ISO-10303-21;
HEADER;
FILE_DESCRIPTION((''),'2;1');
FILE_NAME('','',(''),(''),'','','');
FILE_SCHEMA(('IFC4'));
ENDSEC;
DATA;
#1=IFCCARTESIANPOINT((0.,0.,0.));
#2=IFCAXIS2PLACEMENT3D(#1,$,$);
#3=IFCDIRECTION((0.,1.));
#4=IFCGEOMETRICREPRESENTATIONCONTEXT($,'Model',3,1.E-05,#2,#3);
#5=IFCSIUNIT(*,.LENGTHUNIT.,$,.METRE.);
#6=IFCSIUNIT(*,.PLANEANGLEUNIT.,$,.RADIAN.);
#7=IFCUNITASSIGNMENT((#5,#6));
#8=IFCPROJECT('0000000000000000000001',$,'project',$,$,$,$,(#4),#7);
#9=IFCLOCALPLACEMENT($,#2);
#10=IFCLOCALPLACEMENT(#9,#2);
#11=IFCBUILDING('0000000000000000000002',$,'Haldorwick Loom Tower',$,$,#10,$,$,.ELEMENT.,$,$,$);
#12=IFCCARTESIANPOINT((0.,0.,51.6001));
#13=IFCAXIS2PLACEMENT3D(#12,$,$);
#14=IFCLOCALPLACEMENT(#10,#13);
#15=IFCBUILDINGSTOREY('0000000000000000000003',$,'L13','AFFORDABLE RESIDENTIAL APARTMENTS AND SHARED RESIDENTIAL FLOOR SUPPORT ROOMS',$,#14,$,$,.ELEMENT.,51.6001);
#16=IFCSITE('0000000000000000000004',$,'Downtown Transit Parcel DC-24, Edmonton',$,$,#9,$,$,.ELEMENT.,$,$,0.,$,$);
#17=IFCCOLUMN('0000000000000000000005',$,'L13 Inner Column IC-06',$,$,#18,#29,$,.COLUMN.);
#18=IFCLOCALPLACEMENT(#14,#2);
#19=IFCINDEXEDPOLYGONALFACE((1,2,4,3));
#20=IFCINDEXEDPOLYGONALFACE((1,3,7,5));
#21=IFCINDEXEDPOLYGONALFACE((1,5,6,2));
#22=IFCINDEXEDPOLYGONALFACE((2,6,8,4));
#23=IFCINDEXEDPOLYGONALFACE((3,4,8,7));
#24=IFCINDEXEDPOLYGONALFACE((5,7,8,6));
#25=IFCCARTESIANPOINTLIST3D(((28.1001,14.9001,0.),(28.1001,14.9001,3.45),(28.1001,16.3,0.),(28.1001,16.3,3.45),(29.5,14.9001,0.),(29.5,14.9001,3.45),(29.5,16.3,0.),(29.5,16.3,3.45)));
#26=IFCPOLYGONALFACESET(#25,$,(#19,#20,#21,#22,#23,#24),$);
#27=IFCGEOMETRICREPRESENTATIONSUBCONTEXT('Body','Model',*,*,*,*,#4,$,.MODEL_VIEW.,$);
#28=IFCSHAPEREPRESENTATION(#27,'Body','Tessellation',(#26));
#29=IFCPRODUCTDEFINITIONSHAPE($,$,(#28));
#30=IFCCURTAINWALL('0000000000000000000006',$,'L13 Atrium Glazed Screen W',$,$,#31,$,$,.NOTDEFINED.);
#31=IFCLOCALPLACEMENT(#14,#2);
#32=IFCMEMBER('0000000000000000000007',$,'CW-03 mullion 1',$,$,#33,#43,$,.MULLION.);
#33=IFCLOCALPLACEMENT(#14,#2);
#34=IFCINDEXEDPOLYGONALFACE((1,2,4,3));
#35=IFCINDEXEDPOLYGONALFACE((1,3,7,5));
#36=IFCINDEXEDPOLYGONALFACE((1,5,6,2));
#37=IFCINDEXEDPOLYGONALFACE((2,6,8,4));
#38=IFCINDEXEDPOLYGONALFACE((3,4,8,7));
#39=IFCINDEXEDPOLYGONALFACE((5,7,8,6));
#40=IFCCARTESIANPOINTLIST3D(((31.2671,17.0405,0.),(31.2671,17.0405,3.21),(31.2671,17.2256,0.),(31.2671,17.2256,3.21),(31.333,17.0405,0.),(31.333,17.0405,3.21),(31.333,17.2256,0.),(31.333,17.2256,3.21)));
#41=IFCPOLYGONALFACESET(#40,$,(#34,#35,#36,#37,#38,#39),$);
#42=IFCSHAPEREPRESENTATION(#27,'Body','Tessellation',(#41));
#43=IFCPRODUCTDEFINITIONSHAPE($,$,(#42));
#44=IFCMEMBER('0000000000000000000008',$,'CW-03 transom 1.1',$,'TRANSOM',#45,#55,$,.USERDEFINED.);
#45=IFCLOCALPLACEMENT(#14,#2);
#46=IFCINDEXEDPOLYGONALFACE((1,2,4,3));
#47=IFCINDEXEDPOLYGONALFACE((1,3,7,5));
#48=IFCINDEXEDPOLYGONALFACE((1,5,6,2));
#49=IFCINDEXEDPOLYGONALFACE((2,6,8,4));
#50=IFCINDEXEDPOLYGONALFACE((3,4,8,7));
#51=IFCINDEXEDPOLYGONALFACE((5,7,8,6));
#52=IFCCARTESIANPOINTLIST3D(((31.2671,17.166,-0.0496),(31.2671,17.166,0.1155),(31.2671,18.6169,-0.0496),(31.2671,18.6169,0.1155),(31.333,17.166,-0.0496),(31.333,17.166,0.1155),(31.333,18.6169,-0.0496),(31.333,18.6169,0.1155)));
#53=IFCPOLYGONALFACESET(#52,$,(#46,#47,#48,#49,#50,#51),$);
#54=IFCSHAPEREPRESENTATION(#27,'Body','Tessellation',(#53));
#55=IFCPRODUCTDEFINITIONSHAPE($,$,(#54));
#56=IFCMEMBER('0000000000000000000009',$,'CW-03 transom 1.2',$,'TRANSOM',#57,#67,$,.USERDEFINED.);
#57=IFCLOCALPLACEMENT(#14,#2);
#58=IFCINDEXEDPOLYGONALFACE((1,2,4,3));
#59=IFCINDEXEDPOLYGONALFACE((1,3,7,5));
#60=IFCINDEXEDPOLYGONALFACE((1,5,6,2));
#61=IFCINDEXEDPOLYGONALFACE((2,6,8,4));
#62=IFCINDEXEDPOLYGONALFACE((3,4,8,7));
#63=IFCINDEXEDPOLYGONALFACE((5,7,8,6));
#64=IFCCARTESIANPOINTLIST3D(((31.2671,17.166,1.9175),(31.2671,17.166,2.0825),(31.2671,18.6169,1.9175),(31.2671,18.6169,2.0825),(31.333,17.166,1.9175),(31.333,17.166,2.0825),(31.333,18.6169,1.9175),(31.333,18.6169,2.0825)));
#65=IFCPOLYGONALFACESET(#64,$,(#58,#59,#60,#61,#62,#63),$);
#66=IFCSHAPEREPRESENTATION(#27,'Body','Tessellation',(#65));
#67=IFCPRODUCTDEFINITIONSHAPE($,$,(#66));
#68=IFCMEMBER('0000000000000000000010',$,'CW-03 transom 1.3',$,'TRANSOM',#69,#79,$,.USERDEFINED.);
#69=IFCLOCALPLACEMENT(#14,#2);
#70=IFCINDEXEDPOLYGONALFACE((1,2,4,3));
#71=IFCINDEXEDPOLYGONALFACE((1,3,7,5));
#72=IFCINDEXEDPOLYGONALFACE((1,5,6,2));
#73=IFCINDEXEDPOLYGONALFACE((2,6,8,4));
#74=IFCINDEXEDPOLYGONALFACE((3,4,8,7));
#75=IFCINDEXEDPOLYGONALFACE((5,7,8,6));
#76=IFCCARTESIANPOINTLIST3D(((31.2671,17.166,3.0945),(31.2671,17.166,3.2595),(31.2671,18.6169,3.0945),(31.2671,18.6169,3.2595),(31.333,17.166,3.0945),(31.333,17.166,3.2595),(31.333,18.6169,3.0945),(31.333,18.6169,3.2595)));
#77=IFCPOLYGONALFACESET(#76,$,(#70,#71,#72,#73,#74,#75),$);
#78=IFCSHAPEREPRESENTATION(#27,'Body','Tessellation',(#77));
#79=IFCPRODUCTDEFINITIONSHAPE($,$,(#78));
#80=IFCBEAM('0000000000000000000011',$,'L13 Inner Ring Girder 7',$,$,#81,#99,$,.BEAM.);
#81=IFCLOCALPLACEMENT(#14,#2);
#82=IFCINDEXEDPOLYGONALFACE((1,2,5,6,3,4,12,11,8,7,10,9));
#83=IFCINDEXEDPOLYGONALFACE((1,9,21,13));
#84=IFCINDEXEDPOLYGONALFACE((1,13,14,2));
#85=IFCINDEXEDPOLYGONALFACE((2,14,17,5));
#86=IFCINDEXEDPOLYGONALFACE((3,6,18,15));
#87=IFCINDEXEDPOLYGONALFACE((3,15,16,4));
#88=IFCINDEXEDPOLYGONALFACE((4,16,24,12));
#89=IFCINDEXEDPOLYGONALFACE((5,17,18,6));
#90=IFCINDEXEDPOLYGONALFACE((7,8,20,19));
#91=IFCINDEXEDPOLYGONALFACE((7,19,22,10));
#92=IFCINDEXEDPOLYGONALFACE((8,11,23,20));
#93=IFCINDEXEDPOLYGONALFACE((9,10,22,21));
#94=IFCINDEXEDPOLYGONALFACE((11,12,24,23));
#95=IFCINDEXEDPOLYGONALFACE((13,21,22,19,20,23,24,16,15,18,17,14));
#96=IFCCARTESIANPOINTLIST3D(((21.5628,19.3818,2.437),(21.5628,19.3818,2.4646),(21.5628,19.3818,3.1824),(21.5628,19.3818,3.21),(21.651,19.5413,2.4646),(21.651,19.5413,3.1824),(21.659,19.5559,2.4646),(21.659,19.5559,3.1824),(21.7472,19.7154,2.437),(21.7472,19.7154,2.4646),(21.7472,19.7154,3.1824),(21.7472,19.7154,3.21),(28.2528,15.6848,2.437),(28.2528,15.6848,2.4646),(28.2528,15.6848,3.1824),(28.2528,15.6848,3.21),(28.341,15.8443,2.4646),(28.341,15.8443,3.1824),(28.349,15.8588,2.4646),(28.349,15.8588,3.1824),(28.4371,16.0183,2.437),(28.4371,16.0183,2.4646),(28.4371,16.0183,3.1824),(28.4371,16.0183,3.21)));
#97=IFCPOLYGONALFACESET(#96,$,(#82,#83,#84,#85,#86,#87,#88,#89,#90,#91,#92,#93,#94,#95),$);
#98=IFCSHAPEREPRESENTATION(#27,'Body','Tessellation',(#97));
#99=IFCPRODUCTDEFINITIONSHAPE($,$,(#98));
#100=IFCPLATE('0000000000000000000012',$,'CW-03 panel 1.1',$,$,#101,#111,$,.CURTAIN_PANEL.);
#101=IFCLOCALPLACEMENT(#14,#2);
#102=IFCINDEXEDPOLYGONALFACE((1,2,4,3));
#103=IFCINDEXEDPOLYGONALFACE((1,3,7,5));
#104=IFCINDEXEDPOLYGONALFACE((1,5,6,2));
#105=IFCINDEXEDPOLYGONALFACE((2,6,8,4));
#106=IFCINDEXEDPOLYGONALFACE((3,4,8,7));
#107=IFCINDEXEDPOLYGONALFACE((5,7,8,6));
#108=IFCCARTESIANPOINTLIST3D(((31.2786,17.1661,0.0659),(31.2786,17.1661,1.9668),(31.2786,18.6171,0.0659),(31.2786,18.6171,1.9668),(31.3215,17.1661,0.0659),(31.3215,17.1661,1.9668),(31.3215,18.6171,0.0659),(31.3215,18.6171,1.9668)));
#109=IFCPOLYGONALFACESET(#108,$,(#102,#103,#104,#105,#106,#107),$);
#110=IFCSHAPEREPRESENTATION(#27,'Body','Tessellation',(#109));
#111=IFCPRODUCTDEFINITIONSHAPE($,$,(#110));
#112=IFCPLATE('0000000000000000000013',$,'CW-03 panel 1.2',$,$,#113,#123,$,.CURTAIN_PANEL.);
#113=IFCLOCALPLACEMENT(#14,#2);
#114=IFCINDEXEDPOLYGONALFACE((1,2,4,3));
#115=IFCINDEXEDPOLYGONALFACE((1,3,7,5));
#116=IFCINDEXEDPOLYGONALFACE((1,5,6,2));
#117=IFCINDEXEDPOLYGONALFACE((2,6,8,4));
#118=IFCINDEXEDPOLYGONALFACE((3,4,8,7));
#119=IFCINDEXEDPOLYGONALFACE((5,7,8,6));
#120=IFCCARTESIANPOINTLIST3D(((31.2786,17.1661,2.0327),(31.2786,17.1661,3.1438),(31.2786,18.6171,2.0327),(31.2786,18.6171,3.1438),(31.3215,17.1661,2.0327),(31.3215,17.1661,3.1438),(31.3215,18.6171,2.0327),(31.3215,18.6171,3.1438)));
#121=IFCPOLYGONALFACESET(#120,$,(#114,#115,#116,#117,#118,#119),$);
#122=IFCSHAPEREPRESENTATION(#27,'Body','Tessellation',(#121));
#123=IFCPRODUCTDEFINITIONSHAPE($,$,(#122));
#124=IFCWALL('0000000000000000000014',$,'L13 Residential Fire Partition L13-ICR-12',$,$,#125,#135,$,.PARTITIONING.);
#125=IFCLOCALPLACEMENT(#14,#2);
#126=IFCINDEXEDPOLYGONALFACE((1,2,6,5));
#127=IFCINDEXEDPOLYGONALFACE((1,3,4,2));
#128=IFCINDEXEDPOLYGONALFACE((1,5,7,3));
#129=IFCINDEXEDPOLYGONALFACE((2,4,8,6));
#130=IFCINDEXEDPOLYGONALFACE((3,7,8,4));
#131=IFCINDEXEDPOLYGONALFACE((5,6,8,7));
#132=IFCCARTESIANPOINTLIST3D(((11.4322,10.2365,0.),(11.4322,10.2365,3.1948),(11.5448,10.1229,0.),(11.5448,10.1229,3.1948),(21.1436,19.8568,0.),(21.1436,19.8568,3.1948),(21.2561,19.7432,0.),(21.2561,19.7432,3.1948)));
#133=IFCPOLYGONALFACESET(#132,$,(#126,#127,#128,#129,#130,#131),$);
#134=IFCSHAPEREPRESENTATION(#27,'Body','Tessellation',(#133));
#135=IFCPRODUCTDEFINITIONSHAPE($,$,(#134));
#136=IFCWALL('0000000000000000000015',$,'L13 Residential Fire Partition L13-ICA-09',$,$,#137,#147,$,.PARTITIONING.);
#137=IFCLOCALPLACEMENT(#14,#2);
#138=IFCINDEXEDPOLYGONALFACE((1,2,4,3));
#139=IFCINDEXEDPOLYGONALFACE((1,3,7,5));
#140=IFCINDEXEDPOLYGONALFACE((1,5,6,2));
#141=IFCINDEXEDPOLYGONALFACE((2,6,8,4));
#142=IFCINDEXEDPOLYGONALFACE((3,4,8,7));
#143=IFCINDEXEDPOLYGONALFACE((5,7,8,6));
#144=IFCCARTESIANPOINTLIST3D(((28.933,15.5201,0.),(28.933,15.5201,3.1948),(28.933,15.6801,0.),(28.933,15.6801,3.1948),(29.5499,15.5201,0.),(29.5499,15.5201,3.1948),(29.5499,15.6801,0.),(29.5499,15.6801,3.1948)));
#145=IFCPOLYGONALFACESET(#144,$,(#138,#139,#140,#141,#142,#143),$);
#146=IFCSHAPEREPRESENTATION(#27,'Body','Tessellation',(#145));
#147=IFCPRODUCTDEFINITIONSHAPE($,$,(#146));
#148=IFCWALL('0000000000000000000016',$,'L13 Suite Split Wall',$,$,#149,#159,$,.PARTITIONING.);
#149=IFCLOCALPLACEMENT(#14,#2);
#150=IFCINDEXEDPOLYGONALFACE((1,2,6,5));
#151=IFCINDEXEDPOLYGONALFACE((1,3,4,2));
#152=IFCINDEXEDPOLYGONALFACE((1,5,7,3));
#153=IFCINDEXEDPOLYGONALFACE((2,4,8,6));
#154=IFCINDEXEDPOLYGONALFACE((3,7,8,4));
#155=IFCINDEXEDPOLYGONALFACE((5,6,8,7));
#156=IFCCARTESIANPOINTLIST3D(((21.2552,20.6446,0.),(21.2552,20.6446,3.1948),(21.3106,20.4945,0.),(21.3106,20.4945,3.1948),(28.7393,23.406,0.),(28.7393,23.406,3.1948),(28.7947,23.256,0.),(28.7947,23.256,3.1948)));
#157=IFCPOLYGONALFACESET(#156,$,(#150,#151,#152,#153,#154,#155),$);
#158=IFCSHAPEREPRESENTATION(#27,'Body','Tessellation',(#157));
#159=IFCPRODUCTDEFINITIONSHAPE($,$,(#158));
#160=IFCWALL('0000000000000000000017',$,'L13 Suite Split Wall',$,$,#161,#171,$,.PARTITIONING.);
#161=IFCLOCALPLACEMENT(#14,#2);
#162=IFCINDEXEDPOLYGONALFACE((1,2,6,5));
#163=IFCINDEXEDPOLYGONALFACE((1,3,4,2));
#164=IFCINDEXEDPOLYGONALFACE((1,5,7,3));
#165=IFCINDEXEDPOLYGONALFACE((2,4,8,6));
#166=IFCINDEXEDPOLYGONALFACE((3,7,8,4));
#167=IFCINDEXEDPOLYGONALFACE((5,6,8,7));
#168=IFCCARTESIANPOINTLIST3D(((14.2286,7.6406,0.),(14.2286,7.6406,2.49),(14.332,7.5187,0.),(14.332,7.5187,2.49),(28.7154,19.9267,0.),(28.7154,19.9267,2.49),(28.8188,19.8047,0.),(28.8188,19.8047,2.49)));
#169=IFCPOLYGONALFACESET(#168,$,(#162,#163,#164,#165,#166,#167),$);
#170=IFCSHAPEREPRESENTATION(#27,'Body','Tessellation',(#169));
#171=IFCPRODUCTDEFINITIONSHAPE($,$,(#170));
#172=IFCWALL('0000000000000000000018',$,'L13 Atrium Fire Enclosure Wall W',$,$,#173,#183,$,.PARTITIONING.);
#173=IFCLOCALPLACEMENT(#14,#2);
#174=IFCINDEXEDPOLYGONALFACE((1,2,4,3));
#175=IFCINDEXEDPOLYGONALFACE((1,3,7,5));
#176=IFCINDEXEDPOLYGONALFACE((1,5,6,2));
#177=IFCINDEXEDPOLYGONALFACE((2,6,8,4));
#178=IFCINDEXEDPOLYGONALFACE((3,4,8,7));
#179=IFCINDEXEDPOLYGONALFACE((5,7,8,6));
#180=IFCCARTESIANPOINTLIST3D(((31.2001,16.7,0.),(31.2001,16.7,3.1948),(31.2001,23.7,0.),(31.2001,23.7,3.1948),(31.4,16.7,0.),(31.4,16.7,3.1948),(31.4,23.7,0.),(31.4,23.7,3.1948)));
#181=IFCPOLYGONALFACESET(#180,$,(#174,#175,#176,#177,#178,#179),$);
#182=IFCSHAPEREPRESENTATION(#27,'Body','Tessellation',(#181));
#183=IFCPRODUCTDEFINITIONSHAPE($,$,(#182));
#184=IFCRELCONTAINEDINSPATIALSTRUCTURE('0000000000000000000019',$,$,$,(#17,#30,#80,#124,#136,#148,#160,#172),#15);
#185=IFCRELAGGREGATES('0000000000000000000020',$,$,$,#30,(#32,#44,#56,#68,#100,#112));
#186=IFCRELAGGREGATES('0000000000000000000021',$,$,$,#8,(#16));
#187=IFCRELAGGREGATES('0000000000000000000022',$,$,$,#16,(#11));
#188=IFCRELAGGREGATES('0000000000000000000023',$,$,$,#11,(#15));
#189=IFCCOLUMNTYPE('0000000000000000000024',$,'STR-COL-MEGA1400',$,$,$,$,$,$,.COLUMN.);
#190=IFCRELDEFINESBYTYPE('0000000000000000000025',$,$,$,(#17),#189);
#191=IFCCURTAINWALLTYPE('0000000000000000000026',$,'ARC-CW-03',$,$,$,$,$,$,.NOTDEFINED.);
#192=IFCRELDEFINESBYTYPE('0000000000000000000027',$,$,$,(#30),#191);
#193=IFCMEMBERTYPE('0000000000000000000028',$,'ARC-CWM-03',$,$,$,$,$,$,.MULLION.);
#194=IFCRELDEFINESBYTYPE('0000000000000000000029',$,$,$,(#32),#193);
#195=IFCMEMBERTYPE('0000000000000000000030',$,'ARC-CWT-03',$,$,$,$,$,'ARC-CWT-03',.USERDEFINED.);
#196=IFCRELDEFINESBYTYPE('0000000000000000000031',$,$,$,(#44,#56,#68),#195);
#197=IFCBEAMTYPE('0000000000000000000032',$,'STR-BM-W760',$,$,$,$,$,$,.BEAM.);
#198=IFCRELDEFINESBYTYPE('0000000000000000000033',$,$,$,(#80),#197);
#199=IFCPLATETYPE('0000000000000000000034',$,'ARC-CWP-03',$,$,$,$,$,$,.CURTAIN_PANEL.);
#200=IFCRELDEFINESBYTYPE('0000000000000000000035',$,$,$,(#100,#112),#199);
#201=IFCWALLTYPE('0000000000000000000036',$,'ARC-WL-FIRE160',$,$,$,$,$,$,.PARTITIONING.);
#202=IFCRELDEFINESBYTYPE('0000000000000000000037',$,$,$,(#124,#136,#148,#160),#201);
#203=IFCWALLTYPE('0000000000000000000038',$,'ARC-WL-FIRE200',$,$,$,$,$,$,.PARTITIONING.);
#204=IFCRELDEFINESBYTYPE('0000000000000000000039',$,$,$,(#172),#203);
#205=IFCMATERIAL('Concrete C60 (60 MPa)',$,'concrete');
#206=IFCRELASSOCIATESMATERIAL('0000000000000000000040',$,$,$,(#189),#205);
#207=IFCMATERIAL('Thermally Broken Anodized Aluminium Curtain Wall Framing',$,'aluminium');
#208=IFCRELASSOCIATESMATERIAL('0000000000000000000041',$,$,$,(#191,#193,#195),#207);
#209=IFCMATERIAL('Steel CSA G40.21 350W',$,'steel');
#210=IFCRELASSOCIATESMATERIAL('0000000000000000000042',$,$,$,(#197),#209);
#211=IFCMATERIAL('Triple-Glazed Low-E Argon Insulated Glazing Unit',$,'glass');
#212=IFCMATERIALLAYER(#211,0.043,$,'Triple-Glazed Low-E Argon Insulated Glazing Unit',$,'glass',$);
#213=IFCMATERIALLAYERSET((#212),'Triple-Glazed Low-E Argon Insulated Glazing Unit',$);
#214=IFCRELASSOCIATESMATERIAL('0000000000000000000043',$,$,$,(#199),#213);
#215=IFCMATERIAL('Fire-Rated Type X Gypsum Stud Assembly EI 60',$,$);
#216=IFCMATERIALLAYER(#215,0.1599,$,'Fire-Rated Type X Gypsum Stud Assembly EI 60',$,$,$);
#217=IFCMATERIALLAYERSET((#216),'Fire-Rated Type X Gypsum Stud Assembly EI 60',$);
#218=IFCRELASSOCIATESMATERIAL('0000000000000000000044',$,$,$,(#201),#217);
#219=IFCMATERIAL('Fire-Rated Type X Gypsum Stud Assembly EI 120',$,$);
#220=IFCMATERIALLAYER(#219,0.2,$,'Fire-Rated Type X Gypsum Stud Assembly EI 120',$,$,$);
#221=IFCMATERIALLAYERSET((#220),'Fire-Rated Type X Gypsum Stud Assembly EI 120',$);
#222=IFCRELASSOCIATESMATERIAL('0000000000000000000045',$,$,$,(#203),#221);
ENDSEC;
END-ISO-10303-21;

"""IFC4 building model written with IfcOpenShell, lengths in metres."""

from ifc_helpers import new_model, si_unit, direction, frame, frame_2d, origin, origin_2d, place, context, subcontext, project, spatial, rectangle, i_section, extrude, material, layer, layer_set, material_profile, profile_set, type_object, element, aggregate, save


model = new_model("IFC4")

# Units and contexts
model_context = context("Model", 3, precision=1e-05, world=origin(), true_north=direction((0.0, 1.0)))
body_context = subcontext(model_context, "Body", "Model", "MODEL_VIEW")
ifc_project = project(units=[si_unit("LENGTHUNIT", "METRE"), si_unit("PLANEANGLEUNIT", "RADIAN")], contexts=[model_context])

# Site, building, storey
site_placement = place(None, origin())
site = spatial("IfcSite", under=ifc_project, at=site_placement, Name="Downtown Transit Parcel DC-24, Edmonton", CompositionType="ELEMENT", RefElevation=0.0)
building_placement = place(site_placement, origin())
building = spatial("IfcBuilding", under=site, at=building_placement, Name="Haldorwick Loom Tower", CompositionType="ELEMENT")
storey_placement = place(building_placement, frame((0.0, 0.0, 51.6001)))
storey = spatial("IfcBuildingStorey", under=building, at=storey_placement, Name="L13", Description="AFFORDABLE RESIDENTIAL APARTMENTS AND SHARED RESIDENTIAL FLOOR SUPPORT ROOMS", CompositionType="ELEMENT", Elevation=51.6001)

# Column
ifc_material_1 = material(Name="Concrete C60 (60 MPa)", Category="concrete")
ifc_material_profile_1 = material_profile(ifc_material_1, rectangle(XDim=1.3999, YDim=1.3999, at=origin_2d()), Name="RC1400X1400", Category="concrete")
ifc_profile_set_1 = profile_set([ifc_material_profile_1], Name="Concrete C60 (60 MPa)")
column_type = type_object("IfcColumnType", Name="STR-COL-MEGA1400", PredefinedType="COLUMN", material=ifc_profile_set_1)
column_placement = place(storey_placement, frame((28.8, 15.6001, 0.0), z_axis=(0.0, 0.0, 1.0), x_axis=(1.0, 0.0, 0.0)))
element("IfcColumn", 1, at=column_placement, inside=storey, type_object=column_type, Name="L13 Inner Column IC-06", PredefinedType="COLUMN", context=body_context, shape_type="SweptSolid", body=[
    extrude(rectangle(XDim=1.3999, YDim=1.3999, at=origin_2d()), origin(), (0.0, 0.0, 1.0), 3.45),
])

# Curtain wall, members
ifc_material_2 = material(Name="Thermally Broken Anodized Aluminium Curtain Wall Framing", Category="aluminium")
curtain_wall_type = type_object("IfcCurtainWallType", Name="ARC-CW-03", PredefinedType="NOTDEFINED", material=ifc_material_2)
curtain_wall_placement = place(storey_placement, origin())
curtain_wall = element("IfcCurtainWall", 2, at=curtain_wall_placement, inside=storey, type_object=curtain_wall_type, Name="L13 Atrium Glazed Screen W", PredefinedType="NOTDEFINED")
ifc_material_profile_2 = material_profile(ifc_material_2, rectangle(XDim=0.0659, YDim=0.1851, at=origin_2d()), Name="ALU_MUL_66X185", Category="aluminium")
ifc_profile_set_2 = profile_set([ifc_material_profile_2], Name="Thermally Broken Anodized Aluminium Curtain Wall Framing")
member_type_1 = type_object("IfcMemberType", Name="ARC-CWM-03", PredefinedType="MULLION", material=ifc_profile_set_2)
member_1_placement = place(storey_placement, frame((31.3, 17.1331, 0.0), z_axis=(0.0, 0.0, 1.0), x_axis=(-1.0, 0.0, 0.0)))
member_1 = element("IfcMember", 3, at=member_1_placement, type_object=member_type_1, Name="CW-03 mullion 1", PredefinedType="MULLION", context=body_context, shape_type="SweptSolid", body=[
    extrude(rectangle(XDim=0.0659, YDim=0.1851, at=origin_2d()), origin(), (0.0, 0.0, 1.0), 3.21),
])
ifc_material_profile_3 = material_profile(ifc_material_2, rectangle(XDim=0.0659, YDim=0.165, at=origin_2d()), Name="ALU_TRN_66X165", Category="aluminium")
ifc_profile_set_3 = profile_set([ifc_material_profile_3], Name="Thermally Broken Anodized Aluminium Curtain Wall Framing")
member_type_2 = type_object("IfcMemberType", Name="ARC-CWT-03", ElementType="ARC-CWT-03", PredefinedType="USERDEFINED", material=ifc_profile_set_3)
member_2_placement = place(storey_placement, frame((31.3, 17.166, 0.033), z_axis=(0.0, 1.0, 0.0), x_axis=(-1.0, 0.0, 0.0)))
member_2 = element("IfcMember", 4, at=member_2_placement, type_object=member_type_2, Name="CW-03 transom 1.1", ObjectType="TRANSOM", PredefinedType="USERDEFINED", context=body_context, shape_type="SweptSolid", body=[
    extrude(rectangle(XDim=0.0659, YDim=0.165, at=origin_2d()), origin(), (0.0, 0.0, 1.0), 1.4509),
])
member_3_placement = place(storey_placement, frame((31.3, 17.166, 2.0), z_axis=(0.0, 1.0, 0.0), x_axis=(-1.0, 0.0, 0.0)))
member_3 = element("IfcMember", 5, at=member_3_placement, type_object=member_type_2, Name="CW-03 transom 1.2", ObjectType="TRANSOM", PredefinedType="USERDEFINED", context=body_context, shape_type="SweptSolid", body=[
    extrude(rectangle(XDim=0.0659, YDim=0.165, at=origin_2d()), origin(), (0.0, 0.0, 1.0), 1.4509),
])
member_4_placement = place(storey_placement, frame((31.3, 17.166, 3.177), z_axis=(0.0, 1.0, 0.0), x_axis=(-1.0, 0.0, 0.0)))
member_4 = element("IfcMember", 6, at=member_4_placement, type_object=member_type_2, Name="CW-03 transom 1.3", ObjectType="TRANSOM", PredefinedType="USERDEFINED", context=body_context, shape_type="SweptSolid", body=[
    extrude(rectangle(XDim=0.0659, YDim=0.165, at=origin_2d()), origin(), (0.0, 0.0, 1.0), 1.4509),
])

# Beam
ifc_material_3 = material(Name="Steel CSA G40.21 350W", Category="steel")
ifc_material_profile_4 = material_profile(ifc_material_3, i_section(OverallWidth=0.3811, OverallDepth=0.7729, WebThickness=0.0166, FlangeThickness=0.0276, at=origin_2d()), Name="W760X257", Category="steel")
ifc_profile_set_4 = profile_set([ifc_material_profile_4], Name="Steel CSA G40.21 350W")
beam_type = type_object("IfcBeamType", Name="STR-BM-W760", PredefinedType="BEAM", material=ifc_profile_set_4)
beam_placement = place(storey_placement, frame((28.345, 15.8516, 2.8235), z_axis=(-0.875244, 0.483681, 0.0), x_axis=(-0.483681, -0.875244, 0.0)))
element("IfcBeam", 7, at=beam_placement, inside=storey, type_object=beam_type, Name="L13 Inner Ring Girder 7", PredefinedType="BEAM", context=body_context, shape_type="SweptSolid", body=[
    extrude(i_section(OverallWidth=0.3811, OverallDepth=0.7729, WebThickness=0.0166, FlangeThickness=0.0276, at=origin_2d()), origin(), (0.0, 0.0, 1.0), 7.6436),
])

# Plates
ifc_material_4 = material(Name="Triple-Glazed Low-E Argon Insulated Glazing Unit", Category="glass")
ifc_layer_1 = layer(ifc_material_4, 0.043, Name="Triple-Glazed Low-E Argon Insulated Glazing Unit", Category="glass")
ifc_layer_set_1 = layer_set([ifc_layer_1], Name="Triple-Glazed Low-E Argon Insulated Glazing Unit")
plate_type = type_object("IfcPlateType", Name="ARC-CWP-03", PredefinedType="CURTAIN_PANEL", material=ifc_layer_set_1)
plate_1_placement = place(storey_placement, frame((31.3, 17.8916, 0.0659), z_axis=(0.0, 0.0, 1.0), x_axis=(0.0, 1.0, 0.0)))
plate_1 = element("IfcPlate", 8, at=plate_1_placement, type_object=plate_type, Name="CW-03 panel 1.1", PredefinedType="CURTAIN_PANEL", context=body_context, shape_type="SweptSolid", body=[
    extrude(rectangle(XDim=1.4509, YDim=0.043, at=origin_2d()), origin(), (0.0, 0.0, 1.0), 1.9009),
])
plate_2_placement = place(storey_placement, frame((31.3, 17.8916, 2.0327), z_axis=(0.0, 0.0, 1.0), x_axis=(0.0, 1.0, 0.0)))
plate_2 = element("IfcPlate", 9, at=plate_2_placement, type_object=plate_type, Name="CW-03 panel 1.2", PredefinedType="CURTAIN_PANEL", context=body_context, shape_type="SweptSolid", body=[
    extrude(rectangle(XDim=1.4509, YDim=0.043, at=origin_2d()), origin(), (0.0, 0.0, 1.0), 1.1111),
])
aggregate(curtain_wall, [member_1, member_2, member_3, member_4, plate_1, plate_2])

# Walls
ifc_material_5 = material(Name="Fire-Rated Type X Gypsum Stud Assembly EI 60")
ifc_layer_2 = layer(ifc_material_5, 0.1599, Name="Fire-Rated Type X Gypsum Stud Assembly EI 60")
ifc_layer_set_2 = layer_set([ifc_layer_2], Name="Fire-Rated Type X Gypsum Stud Assembly EI 60")
wall_type_1 = type_object("IfcWallType", Name="ARC-WL-FIRE160", PredefinedType="PARTITIONING", material=ifc_layer_set_2)
wall_1_placement = place(storey_placement, frame((21.2, 19.8, 0.0), z_axis=(0.0, 0.0, 1.0), x_axis=(-0.71043, -0.703768, 0.0)))
element("IfcWall", 10, at=wall_1_placement, inside=storey, type_object=wall_type_1, Name="L13 Residential Fire Partition L13-ICR-12", PredefinedType="PARTITIONING", context=body_context, shape_type="SweptSolid", body=[
    extrude(rectangle(XDim=13.6697, YDim=0.1599, at=frame_2d((6.835, 0.0))), origin(), (0.0, 0.0, 1.0), 3.1948),
])
wall_2_placement = place(storey_placement, frame((29.55, 15.6001, 0.0), z_axis=(0.0, 0.0, 1.0), x_axis=(-1.0, 0.0, 0.0)))
element("IfcWall", 11, at=wall_2_placement, inside=storey, type_object=wall_type_1, Name="L13 Residential Fire Partition L13-ICA-09", PredefinedType="PARTITIONING", context=body_context, shape_type="SweptSolid", body=[
    extrude(rectangle(XDim=0.6169, YDim=0.1599, at=frame_2d((0.3086, 0.0))), origin(), (0.0, 0.0, 1.0), 3.1948),
])
wall_3_placement = place(storey_placement, frame((28.7671, 23.3311, 0.0), z_axis=(0.0, 0.0, 1.0), x_axis=(-0.938174, -0.346165, 0.0)))
element("IfcWall", 12, at=wall_3_placement, inside=storey, type_object=wall_type_1, Name="L13 Suite Split Wall", PredefinedType="PARTITIONING", context=body_context, shape_type="SweptSolid", body=[
    extrude(rectangle(XDim=7.9773, YDim=0.1599, at=frame_2d((3.9888, 0.0))), origin(), (0.0, 0.0, 1.0), 3.1948),
])
wall_4_placement = place(storey_placement, frame((28.7671, 19.8657, 0.0), z_axis=(0.0, 0.0, 1.0), x_axis=(-0.762657, -0.646803, 0.0)))
element("IfcWall", 13, at=wall_4_placement, inside=storey, type_object=wall_type_1, Name="L13 Suite Split Wall", PredefinedType="PARTITIONING", context=body_context, shape_type="SweptSolid", body=[
    extrude(rectangle(XDim=18.9951, YDim=0.1599, at=frame_2d((9.4976, 0.0))), origin(), (0.0, 0.0, 1.0), 2.49),
])
ifc_material_6 = material(Name="Fire-Rated Type X Gypsum Stud Assembly EI 120")
ifc_layer_3 = layer(ifc_material_6, 0.2, Name="Fire-Rated Type X Gypsum Stud Assembly EI 120")
ifc_layer_set_3 = layer_set([ifc_layer_3], Name="Fire-Rated Type X Gypsum Stud Assembly EI 120")
wall_type_2 = type_object("IfcWallType", Name="ARC-WL-FIRE200", PredefinedType="PARTITIONING", material=ifc_layer_set_3)
wall_5_placement = place(storey_placement, frame((31.3, 16.7, 0.0), z_axis=(0.0, 0.0, 1.0), x_axis=(0.0, 1.0, 0.0)))
element("IfcWall", 14, at=wall_5_placement, inside=storey, type_object=wall_type_2, Name="L13 Atrium Fire Enclosure Wall W", PredefinedType="PARTITIONING", context=body_context, shape_type="SweptSolid", body=[
    extrude(rectangle(XDim=7.0, YDim=0.2, at=frame_2d((3.5, 0.0))), origin(), (0.0, 0.0, 1.0), 3.1948),
])

save(model, "model.ifc")
